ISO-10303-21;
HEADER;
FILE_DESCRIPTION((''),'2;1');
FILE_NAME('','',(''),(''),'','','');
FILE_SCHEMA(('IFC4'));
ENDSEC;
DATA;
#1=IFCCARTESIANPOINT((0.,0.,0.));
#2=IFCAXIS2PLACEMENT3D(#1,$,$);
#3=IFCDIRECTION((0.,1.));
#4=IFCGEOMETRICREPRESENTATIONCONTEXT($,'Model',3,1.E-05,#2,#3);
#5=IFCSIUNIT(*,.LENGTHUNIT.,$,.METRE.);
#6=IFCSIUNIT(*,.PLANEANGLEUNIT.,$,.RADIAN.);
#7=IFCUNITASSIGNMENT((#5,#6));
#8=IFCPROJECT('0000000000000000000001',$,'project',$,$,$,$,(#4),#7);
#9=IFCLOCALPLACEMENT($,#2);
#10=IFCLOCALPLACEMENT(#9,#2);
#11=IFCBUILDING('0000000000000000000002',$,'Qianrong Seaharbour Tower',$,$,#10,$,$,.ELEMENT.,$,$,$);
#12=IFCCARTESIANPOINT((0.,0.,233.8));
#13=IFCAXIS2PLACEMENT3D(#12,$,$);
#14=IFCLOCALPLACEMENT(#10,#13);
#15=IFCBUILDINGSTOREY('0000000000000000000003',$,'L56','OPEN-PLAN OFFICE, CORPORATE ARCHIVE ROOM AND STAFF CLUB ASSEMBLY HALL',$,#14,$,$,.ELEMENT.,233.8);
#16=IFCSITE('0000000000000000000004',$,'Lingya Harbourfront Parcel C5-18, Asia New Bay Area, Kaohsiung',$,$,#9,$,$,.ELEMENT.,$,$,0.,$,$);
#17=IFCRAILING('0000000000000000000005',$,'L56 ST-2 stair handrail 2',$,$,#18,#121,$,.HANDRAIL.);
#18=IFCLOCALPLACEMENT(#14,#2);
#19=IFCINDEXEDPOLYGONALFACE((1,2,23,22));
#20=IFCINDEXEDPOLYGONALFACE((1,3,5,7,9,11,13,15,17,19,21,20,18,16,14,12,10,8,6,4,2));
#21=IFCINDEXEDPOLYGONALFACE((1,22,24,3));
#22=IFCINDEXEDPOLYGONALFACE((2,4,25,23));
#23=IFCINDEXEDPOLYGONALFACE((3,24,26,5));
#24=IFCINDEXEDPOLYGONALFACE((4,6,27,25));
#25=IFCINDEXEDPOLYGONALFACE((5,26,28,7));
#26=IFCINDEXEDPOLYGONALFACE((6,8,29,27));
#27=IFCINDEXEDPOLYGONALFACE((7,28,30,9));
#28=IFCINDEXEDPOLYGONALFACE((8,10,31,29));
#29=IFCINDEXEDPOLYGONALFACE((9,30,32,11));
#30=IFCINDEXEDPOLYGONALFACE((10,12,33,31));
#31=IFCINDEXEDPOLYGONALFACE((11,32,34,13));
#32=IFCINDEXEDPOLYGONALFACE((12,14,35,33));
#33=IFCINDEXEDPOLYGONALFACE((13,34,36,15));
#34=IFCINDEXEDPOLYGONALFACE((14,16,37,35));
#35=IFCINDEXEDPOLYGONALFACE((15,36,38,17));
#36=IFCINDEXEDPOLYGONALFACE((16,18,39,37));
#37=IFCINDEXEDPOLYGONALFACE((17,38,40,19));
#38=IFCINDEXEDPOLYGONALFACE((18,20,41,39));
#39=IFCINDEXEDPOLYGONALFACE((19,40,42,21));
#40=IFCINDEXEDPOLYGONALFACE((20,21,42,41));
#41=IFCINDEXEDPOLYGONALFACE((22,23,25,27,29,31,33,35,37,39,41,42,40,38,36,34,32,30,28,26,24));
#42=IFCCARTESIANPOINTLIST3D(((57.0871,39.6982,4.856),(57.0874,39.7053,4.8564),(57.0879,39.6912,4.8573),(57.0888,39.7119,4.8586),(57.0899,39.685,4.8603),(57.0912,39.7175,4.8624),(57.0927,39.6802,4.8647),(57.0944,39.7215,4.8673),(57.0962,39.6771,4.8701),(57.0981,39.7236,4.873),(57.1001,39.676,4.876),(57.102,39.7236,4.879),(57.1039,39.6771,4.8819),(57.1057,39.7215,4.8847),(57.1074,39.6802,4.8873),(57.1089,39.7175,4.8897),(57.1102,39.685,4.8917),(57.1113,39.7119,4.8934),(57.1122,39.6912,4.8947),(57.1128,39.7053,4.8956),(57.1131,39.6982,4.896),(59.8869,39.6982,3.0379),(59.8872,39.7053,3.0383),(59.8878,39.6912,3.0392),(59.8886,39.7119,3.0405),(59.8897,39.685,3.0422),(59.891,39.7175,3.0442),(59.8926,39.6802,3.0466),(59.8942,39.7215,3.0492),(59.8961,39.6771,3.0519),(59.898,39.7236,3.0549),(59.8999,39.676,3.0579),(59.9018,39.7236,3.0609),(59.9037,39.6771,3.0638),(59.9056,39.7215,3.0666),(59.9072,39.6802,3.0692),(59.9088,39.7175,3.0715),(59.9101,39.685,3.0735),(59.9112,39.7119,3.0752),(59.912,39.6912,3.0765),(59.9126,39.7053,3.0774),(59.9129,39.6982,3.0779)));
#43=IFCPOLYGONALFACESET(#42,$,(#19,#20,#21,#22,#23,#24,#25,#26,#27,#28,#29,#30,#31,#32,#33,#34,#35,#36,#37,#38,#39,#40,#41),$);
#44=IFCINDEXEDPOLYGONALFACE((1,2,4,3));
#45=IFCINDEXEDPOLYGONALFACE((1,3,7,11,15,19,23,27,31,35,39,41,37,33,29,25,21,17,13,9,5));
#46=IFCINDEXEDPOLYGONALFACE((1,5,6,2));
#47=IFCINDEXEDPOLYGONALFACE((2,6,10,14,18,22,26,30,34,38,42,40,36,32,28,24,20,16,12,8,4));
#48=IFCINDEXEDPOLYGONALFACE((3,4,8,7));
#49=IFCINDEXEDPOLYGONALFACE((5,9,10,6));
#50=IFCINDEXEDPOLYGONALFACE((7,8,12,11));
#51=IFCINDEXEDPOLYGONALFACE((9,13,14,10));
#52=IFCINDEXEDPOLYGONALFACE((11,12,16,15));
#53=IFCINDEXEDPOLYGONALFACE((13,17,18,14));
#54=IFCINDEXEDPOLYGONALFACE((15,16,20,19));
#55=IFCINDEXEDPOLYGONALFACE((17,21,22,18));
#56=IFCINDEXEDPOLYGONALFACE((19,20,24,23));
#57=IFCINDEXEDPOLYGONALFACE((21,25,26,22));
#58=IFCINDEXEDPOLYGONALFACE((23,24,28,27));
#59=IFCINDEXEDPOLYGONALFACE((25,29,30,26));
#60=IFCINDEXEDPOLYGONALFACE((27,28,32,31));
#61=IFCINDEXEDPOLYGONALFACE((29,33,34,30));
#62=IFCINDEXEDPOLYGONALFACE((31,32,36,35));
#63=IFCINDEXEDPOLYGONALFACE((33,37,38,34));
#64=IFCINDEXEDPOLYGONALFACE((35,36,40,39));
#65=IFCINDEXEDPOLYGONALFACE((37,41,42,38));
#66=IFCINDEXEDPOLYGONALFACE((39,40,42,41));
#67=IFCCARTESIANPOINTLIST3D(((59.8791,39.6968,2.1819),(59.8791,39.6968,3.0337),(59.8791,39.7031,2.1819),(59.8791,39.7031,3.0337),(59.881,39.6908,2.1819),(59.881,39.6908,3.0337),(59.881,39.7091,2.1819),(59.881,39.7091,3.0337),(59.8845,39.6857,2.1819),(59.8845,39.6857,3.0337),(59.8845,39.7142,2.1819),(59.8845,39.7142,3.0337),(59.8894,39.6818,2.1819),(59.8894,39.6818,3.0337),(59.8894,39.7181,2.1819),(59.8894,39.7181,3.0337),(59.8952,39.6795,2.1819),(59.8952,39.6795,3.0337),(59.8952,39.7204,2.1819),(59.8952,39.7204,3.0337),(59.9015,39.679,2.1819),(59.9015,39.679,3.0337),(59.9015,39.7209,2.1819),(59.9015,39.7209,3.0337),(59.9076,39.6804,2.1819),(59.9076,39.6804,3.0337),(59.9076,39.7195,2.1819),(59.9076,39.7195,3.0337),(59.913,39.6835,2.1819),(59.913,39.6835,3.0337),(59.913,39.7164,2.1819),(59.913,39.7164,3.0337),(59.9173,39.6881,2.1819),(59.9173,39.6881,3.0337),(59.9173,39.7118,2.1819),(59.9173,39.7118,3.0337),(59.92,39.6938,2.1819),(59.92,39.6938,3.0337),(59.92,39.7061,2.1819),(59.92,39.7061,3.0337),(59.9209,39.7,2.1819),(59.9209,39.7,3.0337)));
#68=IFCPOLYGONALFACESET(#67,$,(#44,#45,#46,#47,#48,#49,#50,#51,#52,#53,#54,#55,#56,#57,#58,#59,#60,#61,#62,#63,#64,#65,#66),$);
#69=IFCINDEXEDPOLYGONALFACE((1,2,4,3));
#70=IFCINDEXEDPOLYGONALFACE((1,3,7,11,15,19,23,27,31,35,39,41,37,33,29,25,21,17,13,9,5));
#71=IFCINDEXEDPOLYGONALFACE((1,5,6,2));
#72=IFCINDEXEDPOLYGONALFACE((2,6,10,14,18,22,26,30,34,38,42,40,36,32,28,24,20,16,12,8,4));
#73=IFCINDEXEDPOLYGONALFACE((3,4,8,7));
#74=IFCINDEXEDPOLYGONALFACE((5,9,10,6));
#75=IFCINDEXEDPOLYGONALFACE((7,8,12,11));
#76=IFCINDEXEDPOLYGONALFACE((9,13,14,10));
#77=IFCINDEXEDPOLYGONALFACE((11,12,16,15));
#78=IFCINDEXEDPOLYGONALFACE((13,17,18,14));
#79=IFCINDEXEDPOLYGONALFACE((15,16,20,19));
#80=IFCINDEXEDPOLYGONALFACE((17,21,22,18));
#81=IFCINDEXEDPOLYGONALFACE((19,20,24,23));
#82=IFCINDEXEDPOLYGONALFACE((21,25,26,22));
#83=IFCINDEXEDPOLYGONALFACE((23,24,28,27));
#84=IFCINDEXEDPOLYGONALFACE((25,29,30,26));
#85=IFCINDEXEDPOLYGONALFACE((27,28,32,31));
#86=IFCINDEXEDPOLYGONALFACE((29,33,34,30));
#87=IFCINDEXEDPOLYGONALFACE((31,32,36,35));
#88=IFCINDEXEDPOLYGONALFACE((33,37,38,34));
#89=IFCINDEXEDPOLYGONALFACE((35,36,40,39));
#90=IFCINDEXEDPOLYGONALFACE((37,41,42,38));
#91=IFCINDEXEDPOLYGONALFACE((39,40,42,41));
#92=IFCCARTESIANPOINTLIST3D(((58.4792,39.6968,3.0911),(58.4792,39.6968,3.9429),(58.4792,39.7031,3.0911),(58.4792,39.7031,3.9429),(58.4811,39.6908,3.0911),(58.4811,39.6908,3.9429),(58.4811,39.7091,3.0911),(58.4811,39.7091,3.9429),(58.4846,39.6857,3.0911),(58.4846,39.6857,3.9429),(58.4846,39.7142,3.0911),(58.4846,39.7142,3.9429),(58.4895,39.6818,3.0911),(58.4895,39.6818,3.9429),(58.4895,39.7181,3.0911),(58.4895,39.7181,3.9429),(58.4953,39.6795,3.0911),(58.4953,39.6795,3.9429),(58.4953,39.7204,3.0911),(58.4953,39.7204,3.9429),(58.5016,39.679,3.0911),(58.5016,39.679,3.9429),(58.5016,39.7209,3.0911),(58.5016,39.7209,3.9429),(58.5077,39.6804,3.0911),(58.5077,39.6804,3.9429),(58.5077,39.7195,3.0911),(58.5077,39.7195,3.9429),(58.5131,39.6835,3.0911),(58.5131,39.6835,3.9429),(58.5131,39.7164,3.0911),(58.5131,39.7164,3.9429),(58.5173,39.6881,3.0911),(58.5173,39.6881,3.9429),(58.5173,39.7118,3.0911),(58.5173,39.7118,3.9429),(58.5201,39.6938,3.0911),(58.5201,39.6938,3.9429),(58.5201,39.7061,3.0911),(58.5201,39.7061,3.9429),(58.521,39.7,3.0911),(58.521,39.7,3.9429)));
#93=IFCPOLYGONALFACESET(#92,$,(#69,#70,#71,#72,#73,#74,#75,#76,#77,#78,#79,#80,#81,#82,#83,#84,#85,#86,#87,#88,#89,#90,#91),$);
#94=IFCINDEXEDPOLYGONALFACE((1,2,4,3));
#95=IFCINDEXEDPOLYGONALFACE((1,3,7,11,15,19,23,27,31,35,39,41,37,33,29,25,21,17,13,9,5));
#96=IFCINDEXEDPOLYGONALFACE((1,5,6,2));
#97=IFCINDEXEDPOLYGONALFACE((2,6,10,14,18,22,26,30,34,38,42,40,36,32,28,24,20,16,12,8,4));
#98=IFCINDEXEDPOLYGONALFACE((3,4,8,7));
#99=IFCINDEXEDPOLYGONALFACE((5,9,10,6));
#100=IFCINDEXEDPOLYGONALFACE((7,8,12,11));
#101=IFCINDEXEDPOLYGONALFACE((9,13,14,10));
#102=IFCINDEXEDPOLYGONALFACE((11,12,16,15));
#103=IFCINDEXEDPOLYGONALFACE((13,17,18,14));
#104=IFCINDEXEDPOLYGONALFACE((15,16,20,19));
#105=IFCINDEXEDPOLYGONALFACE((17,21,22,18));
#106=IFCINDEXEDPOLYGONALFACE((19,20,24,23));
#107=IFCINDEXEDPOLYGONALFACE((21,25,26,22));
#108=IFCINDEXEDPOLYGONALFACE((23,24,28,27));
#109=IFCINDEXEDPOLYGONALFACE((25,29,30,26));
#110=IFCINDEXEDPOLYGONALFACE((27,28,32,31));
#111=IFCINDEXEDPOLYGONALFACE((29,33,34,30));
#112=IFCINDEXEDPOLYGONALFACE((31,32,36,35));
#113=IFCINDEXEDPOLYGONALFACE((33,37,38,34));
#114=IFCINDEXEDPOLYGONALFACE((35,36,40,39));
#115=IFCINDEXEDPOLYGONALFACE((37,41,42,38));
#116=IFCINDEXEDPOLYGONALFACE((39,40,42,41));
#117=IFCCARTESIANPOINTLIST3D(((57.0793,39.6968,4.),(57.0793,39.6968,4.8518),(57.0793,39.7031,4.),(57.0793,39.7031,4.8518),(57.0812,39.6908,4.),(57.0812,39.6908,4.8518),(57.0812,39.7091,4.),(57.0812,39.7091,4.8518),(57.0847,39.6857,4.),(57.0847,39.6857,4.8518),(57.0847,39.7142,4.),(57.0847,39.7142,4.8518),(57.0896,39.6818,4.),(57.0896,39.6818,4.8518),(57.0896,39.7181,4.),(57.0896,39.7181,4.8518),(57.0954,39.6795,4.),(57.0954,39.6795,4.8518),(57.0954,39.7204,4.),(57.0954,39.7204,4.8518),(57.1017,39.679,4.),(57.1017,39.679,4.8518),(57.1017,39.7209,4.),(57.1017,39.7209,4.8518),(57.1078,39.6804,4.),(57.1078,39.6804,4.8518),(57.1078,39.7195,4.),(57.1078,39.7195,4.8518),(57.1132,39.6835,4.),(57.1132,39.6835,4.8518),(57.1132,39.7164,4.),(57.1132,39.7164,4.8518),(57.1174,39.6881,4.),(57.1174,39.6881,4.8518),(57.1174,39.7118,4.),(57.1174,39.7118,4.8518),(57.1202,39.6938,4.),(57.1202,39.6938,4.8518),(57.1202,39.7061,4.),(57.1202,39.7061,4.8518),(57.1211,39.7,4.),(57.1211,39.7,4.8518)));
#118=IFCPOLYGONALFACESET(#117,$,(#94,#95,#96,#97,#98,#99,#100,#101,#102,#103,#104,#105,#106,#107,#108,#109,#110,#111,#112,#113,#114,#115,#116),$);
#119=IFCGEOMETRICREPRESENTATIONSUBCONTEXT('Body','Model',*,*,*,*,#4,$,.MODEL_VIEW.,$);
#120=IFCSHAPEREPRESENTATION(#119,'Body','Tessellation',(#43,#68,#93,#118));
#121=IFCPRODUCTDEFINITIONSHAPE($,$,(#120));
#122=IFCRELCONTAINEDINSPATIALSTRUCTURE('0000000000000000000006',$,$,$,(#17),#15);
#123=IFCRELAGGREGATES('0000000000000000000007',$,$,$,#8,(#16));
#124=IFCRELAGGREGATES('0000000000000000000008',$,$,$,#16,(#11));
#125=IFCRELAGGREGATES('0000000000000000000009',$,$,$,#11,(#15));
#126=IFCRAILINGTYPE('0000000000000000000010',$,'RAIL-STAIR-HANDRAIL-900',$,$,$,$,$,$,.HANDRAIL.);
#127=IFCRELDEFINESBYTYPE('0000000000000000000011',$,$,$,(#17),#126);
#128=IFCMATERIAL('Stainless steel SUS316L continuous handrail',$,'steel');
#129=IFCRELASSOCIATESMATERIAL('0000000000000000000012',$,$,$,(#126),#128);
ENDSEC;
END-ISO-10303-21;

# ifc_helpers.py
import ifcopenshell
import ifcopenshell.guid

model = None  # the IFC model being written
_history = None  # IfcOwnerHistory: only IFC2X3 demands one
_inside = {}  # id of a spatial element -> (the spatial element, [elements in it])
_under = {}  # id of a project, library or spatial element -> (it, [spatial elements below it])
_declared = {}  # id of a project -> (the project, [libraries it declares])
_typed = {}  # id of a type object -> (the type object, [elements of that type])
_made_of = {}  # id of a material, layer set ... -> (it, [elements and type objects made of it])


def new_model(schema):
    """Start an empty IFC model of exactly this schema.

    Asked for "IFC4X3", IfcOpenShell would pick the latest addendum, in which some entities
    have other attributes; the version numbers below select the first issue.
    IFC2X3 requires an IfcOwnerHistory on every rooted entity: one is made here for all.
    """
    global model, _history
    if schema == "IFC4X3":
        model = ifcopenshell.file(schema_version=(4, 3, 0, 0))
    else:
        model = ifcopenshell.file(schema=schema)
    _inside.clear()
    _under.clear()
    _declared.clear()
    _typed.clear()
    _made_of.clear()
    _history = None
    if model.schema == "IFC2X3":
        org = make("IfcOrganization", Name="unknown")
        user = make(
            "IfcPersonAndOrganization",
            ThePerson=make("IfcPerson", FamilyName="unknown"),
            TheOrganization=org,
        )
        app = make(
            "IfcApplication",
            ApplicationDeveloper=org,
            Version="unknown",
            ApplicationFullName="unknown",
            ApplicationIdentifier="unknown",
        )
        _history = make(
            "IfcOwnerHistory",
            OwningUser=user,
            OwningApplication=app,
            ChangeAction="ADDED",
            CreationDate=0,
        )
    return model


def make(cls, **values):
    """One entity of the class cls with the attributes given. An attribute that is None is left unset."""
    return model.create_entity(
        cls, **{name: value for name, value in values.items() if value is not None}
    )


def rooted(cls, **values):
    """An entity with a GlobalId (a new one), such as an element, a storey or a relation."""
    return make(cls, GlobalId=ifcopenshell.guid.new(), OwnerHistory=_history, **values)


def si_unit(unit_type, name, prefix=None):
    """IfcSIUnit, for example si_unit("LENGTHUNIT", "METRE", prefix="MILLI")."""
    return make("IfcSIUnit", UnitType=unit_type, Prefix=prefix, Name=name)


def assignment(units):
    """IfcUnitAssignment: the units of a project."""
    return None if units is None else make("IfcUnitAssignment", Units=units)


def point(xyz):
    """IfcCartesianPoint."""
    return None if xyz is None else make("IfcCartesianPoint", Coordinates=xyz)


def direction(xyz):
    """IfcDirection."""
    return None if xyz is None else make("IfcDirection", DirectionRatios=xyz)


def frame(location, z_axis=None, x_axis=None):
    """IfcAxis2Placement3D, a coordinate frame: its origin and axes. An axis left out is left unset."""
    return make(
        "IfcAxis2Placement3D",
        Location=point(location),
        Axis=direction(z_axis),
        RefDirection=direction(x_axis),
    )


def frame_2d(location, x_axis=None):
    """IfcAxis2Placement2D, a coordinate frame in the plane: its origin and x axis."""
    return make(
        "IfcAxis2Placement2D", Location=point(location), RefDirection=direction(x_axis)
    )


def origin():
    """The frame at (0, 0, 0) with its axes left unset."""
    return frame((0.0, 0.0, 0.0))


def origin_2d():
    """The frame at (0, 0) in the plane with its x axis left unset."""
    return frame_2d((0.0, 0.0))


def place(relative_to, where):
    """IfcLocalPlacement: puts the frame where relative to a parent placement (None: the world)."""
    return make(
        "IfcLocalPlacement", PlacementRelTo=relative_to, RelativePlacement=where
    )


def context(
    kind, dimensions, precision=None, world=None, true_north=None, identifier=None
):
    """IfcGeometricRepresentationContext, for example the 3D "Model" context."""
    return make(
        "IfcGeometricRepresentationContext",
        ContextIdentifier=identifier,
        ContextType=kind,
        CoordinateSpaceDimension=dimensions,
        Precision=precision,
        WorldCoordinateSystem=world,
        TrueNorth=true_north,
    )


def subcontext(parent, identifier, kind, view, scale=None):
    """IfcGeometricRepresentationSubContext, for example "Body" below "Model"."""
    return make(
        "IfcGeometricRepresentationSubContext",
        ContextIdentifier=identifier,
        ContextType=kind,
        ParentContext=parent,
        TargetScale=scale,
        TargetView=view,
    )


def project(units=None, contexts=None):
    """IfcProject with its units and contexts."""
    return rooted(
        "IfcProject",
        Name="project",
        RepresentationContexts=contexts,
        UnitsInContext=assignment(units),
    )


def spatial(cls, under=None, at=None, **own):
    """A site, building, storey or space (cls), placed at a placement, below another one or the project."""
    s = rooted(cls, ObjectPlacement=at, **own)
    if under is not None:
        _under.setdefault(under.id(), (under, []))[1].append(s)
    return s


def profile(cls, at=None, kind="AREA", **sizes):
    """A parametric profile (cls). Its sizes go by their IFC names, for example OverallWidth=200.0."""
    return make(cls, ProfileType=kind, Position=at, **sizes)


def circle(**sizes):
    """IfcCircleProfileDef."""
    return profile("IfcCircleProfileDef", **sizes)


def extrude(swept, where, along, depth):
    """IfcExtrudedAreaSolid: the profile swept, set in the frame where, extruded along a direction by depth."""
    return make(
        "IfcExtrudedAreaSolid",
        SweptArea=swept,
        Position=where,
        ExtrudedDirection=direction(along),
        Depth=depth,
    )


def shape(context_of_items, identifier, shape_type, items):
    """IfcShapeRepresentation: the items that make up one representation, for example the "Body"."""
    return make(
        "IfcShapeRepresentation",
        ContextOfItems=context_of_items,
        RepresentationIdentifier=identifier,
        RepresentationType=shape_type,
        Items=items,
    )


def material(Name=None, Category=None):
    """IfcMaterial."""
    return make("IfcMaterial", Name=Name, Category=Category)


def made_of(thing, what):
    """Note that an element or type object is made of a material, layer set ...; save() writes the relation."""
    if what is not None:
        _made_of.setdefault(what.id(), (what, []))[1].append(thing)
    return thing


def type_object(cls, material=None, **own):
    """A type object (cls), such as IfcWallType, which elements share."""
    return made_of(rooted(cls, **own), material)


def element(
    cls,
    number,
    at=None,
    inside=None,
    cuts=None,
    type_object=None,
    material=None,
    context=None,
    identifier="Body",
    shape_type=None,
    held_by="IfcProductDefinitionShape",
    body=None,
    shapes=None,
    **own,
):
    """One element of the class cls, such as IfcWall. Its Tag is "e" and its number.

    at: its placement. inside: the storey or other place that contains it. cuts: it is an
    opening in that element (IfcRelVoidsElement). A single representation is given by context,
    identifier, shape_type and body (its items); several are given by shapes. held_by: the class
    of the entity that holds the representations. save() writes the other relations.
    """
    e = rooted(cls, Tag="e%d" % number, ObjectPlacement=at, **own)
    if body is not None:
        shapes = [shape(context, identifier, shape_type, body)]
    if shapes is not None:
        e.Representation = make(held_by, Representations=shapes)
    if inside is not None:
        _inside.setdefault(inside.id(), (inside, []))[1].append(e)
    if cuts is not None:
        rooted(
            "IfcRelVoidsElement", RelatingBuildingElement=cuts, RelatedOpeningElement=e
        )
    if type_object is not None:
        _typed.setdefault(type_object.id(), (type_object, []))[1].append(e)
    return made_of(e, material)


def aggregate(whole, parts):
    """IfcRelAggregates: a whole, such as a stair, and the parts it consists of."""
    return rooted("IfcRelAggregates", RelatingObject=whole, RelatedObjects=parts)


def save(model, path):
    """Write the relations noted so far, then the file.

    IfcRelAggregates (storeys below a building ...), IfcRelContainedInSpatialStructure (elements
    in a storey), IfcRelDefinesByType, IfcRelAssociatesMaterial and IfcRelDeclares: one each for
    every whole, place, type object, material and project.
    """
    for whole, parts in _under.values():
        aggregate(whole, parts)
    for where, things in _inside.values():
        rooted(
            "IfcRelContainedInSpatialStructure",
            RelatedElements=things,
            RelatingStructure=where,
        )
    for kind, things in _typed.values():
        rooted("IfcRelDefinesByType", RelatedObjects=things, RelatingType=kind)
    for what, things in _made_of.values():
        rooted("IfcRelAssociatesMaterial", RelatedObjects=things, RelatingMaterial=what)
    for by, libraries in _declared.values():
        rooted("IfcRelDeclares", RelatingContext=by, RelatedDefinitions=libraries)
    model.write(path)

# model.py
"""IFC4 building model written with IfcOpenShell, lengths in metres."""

from ifc_helpers import new_model, si_unit, direction, frame, origin, origin_2d, place, context, subcontext, project, spatial, circle, extrude, material, type_object, element, save


model = new_model("IFC4")

# Units and contexts
model_context = context("Model", 3, precision=1e-05, world=origin(), true_north=direction((0.0, 1.0)))
body_context = subcontext(model_context, "Body", "Model", "MODEL_VIEW")
ifc_project = project(units=[si_unit("LENGTHUNIT", "METRE"), si_unit("PLANEANGLEUNIT", "RADIAN")], contexts=[model_context])

# Site, building, storey
site_placement = place(None, origin())
site = spatial("IfcSite", under=ifc_project, at=site_placement, Name="Lingya Harbourfront Parcel C5-18, Asia New Bay Area, Kaohsiung", CompositionType="ELEMENT", RefElevation=0.0)
building_placement = place(site_placement, origin())
building = spatial("IfcBuilding", under=site, at=building_placement, Name="Qianrong Seaharbour Tower", CompositionType="ELEMENT")
storey_placement = place(building_placement, frame((0.0, 0.0, 233.8)))
storey = spatial("IfcBuildingStorey", under=building, at=storey_placement, Name="L56", Description="OPEN-PLAN OFFICE, CORPORATE ARCHIVE ROOM AND STAFF CLUB ASSEMBLY HALL", CompositionType="ELEMENT", Elevation=233.8)

# Railing
ifc_material_1 = material(Name="Stainless steel SUS316L continuous handrail", Category="steel")
railing_type_1 = type_object("IfcRailingType", Name="RAIL-STAIR-HANDRAIL-900", PredefinedType="HANDRAIL", material=ifc_material_1)
railing_1_placement = place(storey_placement, frame((59.8999, 39.7, 2.1819)))
element("IfcRailing", 1, at=railing_1_placement, inside=storey, type_object=railing_type_1, Name="L56 ST-2 stair handrail 2", PredefinedType="HANDRAIL", context=body_context, shape_type="SweptSolid", body=[
    extrude(circle(Radius=0.0239, at=origin_2d()), frame((0.0, 0.0, 0.876), z_axis=(-0.838684, 0.0, 0.544618), x_axis=(0.0, -1.0, 0.0)), (0.0, 0.0, 1.0), 3.3384),
    extrude(circle(Radius=0.021, at=origin_2d()), origin(), (0.0, 0.0, 1.0), 0.8518),
    extrude(circle(Radius=0.021, at=origin_2d()), frame((-1.3999, 0.0, 0.9092)), (0.0, 0.0, 1.0), 0.8518),
    extrude(circle(Radius=0.021, at=origin_2d()), frame((-2.7998, 0.0, 1.8181)), (0.0, 0.0, 1.0), 0.8518),
])

save(model, "model.ifc")
